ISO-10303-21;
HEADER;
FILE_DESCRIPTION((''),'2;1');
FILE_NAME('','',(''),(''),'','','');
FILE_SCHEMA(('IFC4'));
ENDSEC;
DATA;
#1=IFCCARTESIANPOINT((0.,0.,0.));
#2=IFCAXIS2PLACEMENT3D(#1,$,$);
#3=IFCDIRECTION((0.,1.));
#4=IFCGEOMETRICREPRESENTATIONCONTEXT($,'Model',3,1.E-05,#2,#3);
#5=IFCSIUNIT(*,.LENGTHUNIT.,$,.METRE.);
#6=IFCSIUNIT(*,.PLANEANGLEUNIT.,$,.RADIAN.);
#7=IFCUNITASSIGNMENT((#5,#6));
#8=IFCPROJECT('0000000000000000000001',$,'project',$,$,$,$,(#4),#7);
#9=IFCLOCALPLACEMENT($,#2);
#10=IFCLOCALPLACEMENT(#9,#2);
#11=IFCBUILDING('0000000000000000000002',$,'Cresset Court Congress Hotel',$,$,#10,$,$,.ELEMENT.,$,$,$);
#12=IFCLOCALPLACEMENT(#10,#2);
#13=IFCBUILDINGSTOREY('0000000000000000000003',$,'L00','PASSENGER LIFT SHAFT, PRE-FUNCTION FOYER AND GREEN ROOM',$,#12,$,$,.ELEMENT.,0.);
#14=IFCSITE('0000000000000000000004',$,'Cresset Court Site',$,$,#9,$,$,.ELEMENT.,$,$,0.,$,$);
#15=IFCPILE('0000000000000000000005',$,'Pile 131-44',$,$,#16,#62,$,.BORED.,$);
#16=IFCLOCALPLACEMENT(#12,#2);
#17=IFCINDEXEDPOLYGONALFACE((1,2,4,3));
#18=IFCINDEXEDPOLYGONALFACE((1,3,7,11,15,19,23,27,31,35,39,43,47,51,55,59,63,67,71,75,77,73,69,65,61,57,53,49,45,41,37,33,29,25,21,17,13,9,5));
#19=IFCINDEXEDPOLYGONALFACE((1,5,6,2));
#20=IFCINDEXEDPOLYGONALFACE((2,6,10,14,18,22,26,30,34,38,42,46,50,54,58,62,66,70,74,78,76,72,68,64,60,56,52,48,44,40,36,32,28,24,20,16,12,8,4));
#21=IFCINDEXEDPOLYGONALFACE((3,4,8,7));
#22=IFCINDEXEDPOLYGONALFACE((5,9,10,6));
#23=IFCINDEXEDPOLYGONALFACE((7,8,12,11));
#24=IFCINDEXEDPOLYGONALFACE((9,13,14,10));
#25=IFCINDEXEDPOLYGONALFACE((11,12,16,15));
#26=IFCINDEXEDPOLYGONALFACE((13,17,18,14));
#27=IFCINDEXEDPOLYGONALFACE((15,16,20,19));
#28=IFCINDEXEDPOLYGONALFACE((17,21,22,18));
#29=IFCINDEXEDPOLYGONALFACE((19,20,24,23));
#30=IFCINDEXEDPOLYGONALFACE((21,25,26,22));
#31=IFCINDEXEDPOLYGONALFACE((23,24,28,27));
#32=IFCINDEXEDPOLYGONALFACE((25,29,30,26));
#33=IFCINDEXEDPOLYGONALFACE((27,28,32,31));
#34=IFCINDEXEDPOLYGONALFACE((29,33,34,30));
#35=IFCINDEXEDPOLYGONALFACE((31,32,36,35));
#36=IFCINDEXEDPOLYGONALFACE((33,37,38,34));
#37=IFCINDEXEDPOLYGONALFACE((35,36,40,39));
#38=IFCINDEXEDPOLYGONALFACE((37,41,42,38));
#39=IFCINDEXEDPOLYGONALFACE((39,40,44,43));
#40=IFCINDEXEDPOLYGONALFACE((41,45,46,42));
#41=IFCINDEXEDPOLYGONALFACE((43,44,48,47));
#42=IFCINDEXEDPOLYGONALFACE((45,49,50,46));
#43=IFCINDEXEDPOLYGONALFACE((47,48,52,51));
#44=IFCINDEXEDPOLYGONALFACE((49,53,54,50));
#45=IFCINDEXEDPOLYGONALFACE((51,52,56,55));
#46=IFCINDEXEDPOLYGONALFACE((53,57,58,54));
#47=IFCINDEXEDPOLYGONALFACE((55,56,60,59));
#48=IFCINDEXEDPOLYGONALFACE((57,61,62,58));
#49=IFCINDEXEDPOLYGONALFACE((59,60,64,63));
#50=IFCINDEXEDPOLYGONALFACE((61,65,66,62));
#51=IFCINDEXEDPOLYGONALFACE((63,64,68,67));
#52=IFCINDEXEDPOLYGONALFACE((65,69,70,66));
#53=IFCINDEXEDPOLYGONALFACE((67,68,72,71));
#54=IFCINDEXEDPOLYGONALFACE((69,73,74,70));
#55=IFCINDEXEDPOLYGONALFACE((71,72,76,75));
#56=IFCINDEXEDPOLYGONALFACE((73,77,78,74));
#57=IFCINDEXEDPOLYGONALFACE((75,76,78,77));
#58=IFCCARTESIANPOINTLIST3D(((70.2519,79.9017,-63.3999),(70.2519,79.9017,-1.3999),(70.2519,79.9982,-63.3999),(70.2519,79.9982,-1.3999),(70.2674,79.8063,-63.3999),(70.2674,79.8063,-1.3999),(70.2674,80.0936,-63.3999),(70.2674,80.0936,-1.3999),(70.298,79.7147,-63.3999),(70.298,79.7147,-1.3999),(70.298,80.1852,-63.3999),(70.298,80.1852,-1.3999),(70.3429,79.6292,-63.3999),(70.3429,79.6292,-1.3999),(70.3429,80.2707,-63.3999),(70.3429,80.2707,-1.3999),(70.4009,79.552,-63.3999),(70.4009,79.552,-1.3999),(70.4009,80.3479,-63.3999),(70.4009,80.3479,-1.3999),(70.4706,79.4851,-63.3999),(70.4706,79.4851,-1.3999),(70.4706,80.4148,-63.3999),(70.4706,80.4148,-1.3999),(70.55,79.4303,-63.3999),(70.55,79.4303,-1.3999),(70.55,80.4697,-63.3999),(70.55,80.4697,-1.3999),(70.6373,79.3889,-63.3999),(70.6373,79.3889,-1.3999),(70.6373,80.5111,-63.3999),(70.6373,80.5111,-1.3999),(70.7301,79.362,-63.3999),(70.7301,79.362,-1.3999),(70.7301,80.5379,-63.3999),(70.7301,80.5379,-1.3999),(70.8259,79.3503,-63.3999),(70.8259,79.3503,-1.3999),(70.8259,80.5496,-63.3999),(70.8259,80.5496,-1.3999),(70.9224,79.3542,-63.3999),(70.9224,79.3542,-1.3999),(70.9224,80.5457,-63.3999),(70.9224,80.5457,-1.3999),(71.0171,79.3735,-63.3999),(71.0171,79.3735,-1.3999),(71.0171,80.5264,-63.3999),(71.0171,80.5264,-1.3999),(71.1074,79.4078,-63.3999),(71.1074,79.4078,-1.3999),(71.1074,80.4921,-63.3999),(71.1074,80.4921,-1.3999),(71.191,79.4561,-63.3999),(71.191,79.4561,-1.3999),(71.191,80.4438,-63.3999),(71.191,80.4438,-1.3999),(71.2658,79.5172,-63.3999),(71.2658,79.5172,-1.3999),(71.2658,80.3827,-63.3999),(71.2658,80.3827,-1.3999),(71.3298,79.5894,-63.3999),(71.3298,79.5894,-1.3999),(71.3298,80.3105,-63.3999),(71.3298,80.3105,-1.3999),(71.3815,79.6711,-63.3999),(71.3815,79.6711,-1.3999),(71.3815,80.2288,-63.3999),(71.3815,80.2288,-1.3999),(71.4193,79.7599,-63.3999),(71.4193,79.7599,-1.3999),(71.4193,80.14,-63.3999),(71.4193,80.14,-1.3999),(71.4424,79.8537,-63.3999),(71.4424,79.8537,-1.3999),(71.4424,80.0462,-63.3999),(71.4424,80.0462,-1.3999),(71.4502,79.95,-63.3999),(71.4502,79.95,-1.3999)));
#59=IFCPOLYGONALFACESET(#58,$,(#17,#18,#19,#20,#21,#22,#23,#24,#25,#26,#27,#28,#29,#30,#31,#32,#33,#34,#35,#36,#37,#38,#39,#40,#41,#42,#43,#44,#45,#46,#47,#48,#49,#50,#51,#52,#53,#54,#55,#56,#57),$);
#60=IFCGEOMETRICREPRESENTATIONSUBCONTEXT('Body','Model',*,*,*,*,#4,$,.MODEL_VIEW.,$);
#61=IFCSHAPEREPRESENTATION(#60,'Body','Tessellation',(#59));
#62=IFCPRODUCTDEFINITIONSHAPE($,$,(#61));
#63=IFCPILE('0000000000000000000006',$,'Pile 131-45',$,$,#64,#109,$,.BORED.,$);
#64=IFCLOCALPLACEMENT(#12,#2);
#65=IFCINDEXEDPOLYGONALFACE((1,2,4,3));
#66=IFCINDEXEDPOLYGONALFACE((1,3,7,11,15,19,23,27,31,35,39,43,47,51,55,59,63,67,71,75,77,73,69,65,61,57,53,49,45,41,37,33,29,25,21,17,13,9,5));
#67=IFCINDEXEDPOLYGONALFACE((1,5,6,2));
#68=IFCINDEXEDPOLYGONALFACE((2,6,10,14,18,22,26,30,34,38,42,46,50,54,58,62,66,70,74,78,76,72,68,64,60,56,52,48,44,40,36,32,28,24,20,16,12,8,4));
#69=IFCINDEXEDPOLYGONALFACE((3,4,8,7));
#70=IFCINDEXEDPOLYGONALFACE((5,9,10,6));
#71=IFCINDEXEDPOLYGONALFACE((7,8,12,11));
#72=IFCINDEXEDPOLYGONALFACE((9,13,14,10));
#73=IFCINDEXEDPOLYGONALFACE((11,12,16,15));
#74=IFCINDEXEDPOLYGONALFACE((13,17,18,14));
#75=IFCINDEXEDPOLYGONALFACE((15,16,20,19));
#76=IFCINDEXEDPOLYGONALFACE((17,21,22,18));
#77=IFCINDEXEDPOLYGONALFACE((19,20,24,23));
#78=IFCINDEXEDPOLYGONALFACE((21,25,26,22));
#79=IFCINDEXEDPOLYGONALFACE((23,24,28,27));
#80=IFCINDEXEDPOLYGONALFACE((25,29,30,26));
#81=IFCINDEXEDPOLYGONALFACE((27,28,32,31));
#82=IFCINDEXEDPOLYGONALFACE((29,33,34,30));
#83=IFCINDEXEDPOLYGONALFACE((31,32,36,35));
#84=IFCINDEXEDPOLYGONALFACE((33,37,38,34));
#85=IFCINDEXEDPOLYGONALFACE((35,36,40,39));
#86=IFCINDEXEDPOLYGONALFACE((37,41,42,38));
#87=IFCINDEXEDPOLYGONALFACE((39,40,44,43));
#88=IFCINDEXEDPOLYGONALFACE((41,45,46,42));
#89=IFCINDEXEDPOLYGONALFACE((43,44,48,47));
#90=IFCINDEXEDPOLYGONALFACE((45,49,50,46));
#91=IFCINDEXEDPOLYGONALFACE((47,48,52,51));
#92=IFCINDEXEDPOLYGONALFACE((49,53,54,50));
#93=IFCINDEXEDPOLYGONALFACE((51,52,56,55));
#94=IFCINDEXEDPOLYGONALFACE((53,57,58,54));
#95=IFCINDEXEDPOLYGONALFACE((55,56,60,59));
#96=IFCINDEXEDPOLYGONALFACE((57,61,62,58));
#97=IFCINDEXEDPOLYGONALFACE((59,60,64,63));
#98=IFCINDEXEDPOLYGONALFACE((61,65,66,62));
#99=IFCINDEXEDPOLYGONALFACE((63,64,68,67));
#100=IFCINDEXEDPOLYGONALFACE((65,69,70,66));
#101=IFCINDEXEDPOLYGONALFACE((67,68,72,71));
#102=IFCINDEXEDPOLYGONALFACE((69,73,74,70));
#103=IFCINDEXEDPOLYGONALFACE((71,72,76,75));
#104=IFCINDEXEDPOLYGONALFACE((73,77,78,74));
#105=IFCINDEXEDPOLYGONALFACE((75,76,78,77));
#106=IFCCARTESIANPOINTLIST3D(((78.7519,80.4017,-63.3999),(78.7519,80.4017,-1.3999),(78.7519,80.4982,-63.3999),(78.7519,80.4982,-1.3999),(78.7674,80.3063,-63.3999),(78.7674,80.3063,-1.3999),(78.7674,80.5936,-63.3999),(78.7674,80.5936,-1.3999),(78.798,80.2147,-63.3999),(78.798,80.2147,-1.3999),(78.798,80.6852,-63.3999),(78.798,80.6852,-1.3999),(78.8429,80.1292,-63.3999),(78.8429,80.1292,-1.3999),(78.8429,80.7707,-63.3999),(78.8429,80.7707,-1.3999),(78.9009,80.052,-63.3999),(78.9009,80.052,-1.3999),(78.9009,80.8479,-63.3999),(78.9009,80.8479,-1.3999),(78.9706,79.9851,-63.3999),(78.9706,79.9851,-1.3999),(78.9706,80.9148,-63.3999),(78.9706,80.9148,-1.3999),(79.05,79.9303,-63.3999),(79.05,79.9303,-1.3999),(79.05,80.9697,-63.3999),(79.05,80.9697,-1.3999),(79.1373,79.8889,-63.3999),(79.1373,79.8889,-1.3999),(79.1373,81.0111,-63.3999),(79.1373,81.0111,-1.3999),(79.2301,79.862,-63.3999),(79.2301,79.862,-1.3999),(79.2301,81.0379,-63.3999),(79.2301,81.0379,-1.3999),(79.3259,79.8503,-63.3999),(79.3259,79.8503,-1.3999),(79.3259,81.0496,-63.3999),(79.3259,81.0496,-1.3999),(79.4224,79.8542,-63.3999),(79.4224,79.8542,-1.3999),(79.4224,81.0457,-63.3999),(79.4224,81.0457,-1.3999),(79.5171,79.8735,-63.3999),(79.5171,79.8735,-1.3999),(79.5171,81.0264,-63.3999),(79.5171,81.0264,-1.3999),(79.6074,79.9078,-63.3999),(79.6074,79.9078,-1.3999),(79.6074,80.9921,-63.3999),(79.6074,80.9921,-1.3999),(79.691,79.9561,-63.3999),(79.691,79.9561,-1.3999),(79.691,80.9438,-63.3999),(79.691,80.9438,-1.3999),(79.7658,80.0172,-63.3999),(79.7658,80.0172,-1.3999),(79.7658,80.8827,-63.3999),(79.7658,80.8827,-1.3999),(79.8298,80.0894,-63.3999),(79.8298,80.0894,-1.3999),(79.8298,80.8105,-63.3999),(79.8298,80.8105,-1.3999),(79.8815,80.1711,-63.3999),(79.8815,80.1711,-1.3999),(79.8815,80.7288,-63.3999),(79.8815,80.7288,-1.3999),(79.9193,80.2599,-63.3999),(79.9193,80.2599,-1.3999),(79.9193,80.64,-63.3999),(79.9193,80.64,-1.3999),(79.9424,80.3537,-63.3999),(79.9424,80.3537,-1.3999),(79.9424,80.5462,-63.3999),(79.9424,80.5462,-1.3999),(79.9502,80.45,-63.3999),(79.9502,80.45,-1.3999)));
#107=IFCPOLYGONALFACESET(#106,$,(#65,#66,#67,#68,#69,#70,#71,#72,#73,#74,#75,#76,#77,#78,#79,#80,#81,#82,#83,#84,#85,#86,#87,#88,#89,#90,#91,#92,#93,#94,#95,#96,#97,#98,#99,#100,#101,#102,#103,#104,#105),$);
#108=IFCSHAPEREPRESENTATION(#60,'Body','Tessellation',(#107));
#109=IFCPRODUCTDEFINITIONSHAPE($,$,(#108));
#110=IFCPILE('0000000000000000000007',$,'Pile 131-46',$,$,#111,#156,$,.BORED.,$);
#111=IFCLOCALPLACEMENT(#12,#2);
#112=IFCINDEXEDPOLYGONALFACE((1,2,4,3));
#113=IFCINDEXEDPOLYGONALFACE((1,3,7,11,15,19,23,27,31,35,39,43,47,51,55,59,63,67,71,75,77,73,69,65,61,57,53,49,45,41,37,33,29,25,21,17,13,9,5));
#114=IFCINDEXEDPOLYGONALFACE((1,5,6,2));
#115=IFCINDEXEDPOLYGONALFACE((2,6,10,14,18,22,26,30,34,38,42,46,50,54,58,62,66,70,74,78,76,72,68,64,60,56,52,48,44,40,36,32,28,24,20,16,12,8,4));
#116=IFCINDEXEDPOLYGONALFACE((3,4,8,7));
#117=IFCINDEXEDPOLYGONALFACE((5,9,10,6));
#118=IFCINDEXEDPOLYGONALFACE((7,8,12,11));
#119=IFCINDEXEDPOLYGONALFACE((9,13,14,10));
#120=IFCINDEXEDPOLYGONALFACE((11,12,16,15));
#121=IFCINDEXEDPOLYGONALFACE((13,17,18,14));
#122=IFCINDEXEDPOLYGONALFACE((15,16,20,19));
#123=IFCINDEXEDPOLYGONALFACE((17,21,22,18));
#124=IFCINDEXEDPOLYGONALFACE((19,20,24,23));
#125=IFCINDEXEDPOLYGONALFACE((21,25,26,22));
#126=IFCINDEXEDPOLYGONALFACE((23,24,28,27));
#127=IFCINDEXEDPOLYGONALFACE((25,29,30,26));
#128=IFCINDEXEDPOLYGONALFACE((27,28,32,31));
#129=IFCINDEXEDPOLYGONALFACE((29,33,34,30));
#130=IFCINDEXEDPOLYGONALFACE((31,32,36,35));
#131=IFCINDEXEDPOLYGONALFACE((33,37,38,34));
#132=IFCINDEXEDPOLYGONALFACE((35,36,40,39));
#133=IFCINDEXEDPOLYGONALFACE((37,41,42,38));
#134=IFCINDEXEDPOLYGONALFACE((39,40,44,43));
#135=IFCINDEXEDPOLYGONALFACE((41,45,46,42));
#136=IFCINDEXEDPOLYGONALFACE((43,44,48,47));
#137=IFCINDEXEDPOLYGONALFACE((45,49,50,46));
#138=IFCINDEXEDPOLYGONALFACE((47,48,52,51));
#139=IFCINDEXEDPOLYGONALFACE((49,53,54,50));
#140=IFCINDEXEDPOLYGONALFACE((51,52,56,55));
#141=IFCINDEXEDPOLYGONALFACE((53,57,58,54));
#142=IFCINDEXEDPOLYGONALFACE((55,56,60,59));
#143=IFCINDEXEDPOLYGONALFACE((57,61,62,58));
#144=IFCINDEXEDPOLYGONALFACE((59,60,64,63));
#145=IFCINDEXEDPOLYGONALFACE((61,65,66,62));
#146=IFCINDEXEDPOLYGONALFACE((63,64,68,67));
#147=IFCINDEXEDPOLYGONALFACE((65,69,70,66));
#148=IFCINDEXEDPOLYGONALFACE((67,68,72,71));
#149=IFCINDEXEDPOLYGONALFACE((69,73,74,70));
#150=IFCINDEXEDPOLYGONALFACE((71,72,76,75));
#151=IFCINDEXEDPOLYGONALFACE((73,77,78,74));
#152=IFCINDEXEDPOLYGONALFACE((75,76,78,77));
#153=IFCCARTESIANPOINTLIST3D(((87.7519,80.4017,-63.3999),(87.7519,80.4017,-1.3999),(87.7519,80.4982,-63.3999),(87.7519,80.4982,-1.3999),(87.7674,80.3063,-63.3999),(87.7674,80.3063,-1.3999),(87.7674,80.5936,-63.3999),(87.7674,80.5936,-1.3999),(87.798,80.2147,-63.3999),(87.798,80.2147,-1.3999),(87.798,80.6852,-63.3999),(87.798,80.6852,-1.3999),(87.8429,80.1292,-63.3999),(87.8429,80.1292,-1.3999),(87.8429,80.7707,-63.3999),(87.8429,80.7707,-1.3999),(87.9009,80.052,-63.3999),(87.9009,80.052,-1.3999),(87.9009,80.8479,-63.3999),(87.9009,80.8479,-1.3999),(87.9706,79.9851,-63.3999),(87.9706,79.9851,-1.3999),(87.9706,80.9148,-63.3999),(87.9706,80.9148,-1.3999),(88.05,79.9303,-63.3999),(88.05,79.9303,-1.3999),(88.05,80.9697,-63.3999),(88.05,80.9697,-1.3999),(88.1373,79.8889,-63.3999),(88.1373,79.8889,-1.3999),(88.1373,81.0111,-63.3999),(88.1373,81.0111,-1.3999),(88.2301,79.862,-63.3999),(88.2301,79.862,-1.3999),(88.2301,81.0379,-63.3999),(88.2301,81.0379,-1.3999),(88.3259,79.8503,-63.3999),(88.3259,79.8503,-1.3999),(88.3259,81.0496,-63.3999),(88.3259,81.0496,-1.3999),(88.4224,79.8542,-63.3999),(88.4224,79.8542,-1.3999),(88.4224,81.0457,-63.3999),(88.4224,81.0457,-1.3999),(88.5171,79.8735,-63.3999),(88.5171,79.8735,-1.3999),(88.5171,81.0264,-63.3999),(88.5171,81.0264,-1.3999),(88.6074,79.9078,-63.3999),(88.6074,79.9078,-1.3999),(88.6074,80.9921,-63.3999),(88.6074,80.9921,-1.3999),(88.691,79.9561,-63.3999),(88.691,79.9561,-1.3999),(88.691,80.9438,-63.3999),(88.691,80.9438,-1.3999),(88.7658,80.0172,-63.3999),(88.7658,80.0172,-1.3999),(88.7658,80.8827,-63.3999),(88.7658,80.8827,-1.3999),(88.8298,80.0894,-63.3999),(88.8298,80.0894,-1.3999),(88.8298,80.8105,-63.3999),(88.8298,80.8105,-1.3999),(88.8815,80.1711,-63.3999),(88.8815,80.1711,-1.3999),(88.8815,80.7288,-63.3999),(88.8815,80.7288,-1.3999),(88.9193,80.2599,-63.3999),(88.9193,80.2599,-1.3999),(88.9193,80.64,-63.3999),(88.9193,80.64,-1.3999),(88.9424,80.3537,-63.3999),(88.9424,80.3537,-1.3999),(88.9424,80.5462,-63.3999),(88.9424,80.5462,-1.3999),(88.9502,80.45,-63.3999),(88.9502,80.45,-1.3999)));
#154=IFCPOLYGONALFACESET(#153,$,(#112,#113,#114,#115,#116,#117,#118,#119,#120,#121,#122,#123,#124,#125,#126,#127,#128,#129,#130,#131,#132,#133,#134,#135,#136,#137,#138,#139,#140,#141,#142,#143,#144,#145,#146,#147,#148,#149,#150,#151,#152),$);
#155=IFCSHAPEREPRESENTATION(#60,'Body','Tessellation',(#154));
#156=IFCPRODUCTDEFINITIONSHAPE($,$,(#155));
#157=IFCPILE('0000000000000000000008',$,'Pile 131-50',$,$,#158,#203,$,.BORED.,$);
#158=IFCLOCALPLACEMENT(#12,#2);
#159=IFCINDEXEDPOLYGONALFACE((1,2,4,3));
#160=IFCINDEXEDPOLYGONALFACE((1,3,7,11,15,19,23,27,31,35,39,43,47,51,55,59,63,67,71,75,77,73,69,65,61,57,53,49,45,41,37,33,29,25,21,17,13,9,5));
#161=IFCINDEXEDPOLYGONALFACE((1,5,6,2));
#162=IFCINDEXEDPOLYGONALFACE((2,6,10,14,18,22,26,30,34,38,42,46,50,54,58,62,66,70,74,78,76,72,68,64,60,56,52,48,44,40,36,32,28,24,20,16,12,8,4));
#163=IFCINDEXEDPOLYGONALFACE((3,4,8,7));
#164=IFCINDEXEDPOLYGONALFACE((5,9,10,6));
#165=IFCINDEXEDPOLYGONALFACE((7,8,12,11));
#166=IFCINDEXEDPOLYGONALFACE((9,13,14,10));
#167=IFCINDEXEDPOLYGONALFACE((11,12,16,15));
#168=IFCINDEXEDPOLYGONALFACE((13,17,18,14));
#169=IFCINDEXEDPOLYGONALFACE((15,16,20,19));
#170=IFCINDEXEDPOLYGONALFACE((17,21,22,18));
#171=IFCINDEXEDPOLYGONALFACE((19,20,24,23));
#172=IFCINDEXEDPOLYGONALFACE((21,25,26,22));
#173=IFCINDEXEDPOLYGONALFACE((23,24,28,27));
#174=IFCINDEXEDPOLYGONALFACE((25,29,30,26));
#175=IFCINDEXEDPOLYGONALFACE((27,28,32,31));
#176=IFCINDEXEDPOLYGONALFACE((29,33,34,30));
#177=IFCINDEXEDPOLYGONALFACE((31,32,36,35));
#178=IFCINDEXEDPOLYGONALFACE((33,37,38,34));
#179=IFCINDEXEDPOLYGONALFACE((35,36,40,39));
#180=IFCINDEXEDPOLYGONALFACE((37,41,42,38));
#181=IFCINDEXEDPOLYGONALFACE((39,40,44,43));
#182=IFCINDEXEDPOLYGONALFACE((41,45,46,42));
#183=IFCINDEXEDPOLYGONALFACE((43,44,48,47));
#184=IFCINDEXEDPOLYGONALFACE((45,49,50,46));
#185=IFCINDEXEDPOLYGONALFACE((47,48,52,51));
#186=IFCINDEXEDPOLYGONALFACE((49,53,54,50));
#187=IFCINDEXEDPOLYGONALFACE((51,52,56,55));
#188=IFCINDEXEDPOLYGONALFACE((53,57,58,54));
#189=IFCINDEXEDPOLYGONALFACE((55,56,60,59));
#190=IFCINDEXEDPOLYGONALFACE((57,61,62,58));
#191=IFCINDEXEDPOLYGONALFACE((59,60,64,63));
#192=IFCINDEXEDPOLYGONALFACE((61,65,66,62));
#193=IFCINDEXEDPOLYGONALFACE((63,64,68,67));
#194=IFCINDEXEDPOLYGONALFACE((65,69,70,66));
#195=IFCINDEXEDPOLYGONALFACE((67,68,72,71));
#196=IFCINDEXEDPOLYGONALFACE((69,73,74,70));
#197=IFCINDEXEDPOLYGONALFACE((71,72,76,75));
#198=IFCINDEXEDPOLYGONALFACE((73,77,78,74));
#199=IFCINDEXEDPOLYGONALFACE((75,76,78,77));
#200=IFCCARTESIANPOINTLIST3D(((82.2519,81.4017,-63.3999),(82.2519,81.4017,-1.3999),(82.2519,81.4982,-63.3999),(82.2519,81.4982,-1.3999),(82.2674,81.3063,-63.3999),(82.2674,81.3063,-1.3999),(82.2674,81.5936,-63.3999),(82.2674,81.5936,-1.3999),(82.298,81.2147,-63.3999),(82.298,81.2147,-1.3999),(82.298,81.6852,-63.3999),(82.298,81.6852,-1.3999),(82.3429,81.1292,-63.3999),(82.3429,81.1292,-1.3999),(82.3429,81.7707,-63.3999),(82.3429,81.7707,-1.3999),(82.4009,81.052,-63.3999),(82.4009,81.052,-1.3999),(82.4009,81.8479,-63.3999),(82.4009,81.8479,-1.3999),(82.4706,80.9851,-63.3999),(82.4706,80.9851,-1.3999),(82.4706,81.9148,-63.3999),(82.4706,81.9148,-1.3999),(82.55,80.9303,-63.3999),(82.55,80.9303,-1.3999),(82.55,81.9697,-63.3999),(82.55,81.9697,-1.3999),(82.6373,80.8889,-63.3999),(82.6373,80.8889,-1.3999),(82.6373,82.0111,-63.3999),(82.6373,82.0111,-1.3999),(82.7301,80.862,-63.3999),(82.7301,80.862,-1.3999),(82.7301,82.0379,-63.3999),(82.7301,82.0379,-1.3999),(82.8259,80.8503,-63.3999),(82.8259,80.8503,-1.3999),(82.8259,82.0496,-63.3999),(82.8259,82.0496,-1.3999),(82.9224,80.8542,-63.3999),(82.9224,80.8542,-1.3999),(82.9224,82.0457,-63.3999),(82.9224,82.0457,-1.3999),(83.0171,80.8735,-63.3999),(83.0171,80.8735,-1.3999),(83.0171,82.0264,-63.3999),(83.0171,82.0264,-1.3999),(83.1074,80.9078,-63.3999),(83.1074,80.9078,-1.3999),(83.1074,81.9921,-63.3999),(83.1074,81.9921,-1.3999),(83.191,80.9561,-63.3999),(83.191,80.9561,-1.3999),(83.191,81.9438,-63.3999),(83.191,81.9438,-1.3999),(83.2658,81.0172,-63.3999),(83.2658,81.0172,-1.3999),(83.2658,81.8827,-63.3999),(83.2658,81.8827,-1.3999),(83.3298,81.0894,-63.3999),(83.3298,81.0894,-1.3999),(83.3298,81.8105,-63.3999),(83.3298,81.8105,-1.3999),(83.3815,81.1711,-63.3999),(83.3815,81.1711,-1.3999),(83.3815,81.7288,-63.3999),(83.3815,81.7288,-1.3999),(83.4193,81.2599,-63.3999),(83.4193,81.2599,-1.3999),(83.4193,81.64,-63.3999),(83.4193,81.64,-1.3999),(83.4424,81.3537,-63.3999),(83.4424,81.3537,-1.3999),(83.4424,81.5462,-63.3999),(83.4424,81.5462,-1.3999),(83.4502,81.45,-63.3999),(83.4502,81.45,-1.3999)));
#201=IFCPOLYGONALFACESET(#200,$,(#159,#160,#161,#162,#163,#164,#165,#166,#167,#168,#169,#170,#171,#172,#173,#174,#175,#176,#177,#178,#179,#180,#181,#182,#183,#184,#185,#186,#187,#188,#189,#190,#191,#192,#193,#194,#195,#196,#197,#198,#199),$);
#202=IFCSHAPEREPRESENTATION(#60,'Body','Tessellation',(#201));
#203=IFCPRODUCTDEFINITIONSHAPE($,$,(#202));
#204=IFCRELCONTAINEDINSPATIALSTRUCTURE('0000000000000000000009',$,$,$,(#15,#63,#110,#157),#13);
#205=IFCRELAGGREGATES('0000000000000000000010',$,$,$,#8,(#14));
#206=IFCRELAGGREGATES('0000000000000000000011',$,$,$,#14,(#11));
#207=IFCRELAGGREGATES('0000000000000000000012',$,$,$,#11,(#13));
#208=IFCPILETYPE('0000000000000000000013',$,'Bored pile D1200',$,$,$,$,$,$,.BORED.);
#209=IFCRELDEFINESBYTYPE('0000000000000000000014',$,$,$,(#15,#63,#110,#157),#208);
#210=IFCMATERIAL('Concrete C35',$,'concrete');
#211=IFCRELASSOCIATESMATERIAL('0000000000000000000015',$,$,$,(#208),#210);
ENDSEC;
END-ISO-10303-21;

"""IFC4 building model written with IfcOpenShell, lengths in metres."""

from ifc_helpers import new_model, si_unit, direction, frame, origin, origin_2d, place, context, subcontext, project, spatial, circle, extrude, material, type_object, element, save


model = new_model("IFC4")

# Units and contexts
model_context = context("Model", 3, precision=1e-05, world=origin(), true_north=direction((0.0, 1.0)))
body_context = subcontext(model_context, "Body", "Model", "MODEL_VIEW")
ifc_project = project(units=[si_unit("LENGTHUNIT", "METRE"), si_unit("PLANEANGLEUNIT", "RADIAN")], contexts=[model_context])

# Site, building, storey
site_placement = place(None, origin())
site = spatial("IfcSite", under=ifc_project, at=site_placement, Name="Cresset Court Site", CompositionType="ELEMENT", RefElevation=0.0)
building_placement = place(site_placement, origin())
building = spatial("IfcBuilding", under=site, at=building_placement, Name="Cresset Court Congress Hotel", CompositionType="ELEMENT")
storey_placement = place(building_placement, origin())
storey = spatial("IfcBuildingStorey", under=building, at=storey_placement, Name="L00", Description="PASSENGER LIFT SHAFT, PRE-FUNCTION FOYER AND GREEN ROOM", CompositionType="ELEMENT", Elevation=0.0)

# Piles
ifc_material_1 = material(Name="Concrete C35", Category="concrete")
pile_type = type_object("IfcPileType", Name="Bored pile D1200", PredefinedType="BORED", material=ifc_material_1)
for number, where, z_axis, x_axis, name in (
    (1, (70.8501, 79.95, -1.3999), (0.0, 0.0, -1.0), (1.0, 0.0, 0.0), "Pile 131-44"),
    (2, (79.3501, 80.45, -1.3999), (0.0, 0.0, -1.0), (1.0, 0.0, 0.0), "Pile 131-45"),
    (3, (88.3501, 80.45, -1.3999), (0.0, 0.0, -1.0), (1.0, 0.0, 0.0), "Pile 131-46"),
    (4, (82.8501, 81.45, -1.3999), (0.0, 0.0, -1.0), (1.0, 0.0, 0.0), "Pile 131-50"),
):
    element("IfcPile", number, at=place(storey_placement, frame(where, z_axis=z_axis, x_axis=x_axis)), inside=storey, type_object=pile_type, Name=name, PredefinedType="BORED", context=body_context, shape_type="SweptSolid", body=[
        extrude(circle(Radius=0.6001, at=origin_2d()), origin(), (0.0, 0.0, 1.0), 62.0),
    ])

save(model, "model.ifc")
